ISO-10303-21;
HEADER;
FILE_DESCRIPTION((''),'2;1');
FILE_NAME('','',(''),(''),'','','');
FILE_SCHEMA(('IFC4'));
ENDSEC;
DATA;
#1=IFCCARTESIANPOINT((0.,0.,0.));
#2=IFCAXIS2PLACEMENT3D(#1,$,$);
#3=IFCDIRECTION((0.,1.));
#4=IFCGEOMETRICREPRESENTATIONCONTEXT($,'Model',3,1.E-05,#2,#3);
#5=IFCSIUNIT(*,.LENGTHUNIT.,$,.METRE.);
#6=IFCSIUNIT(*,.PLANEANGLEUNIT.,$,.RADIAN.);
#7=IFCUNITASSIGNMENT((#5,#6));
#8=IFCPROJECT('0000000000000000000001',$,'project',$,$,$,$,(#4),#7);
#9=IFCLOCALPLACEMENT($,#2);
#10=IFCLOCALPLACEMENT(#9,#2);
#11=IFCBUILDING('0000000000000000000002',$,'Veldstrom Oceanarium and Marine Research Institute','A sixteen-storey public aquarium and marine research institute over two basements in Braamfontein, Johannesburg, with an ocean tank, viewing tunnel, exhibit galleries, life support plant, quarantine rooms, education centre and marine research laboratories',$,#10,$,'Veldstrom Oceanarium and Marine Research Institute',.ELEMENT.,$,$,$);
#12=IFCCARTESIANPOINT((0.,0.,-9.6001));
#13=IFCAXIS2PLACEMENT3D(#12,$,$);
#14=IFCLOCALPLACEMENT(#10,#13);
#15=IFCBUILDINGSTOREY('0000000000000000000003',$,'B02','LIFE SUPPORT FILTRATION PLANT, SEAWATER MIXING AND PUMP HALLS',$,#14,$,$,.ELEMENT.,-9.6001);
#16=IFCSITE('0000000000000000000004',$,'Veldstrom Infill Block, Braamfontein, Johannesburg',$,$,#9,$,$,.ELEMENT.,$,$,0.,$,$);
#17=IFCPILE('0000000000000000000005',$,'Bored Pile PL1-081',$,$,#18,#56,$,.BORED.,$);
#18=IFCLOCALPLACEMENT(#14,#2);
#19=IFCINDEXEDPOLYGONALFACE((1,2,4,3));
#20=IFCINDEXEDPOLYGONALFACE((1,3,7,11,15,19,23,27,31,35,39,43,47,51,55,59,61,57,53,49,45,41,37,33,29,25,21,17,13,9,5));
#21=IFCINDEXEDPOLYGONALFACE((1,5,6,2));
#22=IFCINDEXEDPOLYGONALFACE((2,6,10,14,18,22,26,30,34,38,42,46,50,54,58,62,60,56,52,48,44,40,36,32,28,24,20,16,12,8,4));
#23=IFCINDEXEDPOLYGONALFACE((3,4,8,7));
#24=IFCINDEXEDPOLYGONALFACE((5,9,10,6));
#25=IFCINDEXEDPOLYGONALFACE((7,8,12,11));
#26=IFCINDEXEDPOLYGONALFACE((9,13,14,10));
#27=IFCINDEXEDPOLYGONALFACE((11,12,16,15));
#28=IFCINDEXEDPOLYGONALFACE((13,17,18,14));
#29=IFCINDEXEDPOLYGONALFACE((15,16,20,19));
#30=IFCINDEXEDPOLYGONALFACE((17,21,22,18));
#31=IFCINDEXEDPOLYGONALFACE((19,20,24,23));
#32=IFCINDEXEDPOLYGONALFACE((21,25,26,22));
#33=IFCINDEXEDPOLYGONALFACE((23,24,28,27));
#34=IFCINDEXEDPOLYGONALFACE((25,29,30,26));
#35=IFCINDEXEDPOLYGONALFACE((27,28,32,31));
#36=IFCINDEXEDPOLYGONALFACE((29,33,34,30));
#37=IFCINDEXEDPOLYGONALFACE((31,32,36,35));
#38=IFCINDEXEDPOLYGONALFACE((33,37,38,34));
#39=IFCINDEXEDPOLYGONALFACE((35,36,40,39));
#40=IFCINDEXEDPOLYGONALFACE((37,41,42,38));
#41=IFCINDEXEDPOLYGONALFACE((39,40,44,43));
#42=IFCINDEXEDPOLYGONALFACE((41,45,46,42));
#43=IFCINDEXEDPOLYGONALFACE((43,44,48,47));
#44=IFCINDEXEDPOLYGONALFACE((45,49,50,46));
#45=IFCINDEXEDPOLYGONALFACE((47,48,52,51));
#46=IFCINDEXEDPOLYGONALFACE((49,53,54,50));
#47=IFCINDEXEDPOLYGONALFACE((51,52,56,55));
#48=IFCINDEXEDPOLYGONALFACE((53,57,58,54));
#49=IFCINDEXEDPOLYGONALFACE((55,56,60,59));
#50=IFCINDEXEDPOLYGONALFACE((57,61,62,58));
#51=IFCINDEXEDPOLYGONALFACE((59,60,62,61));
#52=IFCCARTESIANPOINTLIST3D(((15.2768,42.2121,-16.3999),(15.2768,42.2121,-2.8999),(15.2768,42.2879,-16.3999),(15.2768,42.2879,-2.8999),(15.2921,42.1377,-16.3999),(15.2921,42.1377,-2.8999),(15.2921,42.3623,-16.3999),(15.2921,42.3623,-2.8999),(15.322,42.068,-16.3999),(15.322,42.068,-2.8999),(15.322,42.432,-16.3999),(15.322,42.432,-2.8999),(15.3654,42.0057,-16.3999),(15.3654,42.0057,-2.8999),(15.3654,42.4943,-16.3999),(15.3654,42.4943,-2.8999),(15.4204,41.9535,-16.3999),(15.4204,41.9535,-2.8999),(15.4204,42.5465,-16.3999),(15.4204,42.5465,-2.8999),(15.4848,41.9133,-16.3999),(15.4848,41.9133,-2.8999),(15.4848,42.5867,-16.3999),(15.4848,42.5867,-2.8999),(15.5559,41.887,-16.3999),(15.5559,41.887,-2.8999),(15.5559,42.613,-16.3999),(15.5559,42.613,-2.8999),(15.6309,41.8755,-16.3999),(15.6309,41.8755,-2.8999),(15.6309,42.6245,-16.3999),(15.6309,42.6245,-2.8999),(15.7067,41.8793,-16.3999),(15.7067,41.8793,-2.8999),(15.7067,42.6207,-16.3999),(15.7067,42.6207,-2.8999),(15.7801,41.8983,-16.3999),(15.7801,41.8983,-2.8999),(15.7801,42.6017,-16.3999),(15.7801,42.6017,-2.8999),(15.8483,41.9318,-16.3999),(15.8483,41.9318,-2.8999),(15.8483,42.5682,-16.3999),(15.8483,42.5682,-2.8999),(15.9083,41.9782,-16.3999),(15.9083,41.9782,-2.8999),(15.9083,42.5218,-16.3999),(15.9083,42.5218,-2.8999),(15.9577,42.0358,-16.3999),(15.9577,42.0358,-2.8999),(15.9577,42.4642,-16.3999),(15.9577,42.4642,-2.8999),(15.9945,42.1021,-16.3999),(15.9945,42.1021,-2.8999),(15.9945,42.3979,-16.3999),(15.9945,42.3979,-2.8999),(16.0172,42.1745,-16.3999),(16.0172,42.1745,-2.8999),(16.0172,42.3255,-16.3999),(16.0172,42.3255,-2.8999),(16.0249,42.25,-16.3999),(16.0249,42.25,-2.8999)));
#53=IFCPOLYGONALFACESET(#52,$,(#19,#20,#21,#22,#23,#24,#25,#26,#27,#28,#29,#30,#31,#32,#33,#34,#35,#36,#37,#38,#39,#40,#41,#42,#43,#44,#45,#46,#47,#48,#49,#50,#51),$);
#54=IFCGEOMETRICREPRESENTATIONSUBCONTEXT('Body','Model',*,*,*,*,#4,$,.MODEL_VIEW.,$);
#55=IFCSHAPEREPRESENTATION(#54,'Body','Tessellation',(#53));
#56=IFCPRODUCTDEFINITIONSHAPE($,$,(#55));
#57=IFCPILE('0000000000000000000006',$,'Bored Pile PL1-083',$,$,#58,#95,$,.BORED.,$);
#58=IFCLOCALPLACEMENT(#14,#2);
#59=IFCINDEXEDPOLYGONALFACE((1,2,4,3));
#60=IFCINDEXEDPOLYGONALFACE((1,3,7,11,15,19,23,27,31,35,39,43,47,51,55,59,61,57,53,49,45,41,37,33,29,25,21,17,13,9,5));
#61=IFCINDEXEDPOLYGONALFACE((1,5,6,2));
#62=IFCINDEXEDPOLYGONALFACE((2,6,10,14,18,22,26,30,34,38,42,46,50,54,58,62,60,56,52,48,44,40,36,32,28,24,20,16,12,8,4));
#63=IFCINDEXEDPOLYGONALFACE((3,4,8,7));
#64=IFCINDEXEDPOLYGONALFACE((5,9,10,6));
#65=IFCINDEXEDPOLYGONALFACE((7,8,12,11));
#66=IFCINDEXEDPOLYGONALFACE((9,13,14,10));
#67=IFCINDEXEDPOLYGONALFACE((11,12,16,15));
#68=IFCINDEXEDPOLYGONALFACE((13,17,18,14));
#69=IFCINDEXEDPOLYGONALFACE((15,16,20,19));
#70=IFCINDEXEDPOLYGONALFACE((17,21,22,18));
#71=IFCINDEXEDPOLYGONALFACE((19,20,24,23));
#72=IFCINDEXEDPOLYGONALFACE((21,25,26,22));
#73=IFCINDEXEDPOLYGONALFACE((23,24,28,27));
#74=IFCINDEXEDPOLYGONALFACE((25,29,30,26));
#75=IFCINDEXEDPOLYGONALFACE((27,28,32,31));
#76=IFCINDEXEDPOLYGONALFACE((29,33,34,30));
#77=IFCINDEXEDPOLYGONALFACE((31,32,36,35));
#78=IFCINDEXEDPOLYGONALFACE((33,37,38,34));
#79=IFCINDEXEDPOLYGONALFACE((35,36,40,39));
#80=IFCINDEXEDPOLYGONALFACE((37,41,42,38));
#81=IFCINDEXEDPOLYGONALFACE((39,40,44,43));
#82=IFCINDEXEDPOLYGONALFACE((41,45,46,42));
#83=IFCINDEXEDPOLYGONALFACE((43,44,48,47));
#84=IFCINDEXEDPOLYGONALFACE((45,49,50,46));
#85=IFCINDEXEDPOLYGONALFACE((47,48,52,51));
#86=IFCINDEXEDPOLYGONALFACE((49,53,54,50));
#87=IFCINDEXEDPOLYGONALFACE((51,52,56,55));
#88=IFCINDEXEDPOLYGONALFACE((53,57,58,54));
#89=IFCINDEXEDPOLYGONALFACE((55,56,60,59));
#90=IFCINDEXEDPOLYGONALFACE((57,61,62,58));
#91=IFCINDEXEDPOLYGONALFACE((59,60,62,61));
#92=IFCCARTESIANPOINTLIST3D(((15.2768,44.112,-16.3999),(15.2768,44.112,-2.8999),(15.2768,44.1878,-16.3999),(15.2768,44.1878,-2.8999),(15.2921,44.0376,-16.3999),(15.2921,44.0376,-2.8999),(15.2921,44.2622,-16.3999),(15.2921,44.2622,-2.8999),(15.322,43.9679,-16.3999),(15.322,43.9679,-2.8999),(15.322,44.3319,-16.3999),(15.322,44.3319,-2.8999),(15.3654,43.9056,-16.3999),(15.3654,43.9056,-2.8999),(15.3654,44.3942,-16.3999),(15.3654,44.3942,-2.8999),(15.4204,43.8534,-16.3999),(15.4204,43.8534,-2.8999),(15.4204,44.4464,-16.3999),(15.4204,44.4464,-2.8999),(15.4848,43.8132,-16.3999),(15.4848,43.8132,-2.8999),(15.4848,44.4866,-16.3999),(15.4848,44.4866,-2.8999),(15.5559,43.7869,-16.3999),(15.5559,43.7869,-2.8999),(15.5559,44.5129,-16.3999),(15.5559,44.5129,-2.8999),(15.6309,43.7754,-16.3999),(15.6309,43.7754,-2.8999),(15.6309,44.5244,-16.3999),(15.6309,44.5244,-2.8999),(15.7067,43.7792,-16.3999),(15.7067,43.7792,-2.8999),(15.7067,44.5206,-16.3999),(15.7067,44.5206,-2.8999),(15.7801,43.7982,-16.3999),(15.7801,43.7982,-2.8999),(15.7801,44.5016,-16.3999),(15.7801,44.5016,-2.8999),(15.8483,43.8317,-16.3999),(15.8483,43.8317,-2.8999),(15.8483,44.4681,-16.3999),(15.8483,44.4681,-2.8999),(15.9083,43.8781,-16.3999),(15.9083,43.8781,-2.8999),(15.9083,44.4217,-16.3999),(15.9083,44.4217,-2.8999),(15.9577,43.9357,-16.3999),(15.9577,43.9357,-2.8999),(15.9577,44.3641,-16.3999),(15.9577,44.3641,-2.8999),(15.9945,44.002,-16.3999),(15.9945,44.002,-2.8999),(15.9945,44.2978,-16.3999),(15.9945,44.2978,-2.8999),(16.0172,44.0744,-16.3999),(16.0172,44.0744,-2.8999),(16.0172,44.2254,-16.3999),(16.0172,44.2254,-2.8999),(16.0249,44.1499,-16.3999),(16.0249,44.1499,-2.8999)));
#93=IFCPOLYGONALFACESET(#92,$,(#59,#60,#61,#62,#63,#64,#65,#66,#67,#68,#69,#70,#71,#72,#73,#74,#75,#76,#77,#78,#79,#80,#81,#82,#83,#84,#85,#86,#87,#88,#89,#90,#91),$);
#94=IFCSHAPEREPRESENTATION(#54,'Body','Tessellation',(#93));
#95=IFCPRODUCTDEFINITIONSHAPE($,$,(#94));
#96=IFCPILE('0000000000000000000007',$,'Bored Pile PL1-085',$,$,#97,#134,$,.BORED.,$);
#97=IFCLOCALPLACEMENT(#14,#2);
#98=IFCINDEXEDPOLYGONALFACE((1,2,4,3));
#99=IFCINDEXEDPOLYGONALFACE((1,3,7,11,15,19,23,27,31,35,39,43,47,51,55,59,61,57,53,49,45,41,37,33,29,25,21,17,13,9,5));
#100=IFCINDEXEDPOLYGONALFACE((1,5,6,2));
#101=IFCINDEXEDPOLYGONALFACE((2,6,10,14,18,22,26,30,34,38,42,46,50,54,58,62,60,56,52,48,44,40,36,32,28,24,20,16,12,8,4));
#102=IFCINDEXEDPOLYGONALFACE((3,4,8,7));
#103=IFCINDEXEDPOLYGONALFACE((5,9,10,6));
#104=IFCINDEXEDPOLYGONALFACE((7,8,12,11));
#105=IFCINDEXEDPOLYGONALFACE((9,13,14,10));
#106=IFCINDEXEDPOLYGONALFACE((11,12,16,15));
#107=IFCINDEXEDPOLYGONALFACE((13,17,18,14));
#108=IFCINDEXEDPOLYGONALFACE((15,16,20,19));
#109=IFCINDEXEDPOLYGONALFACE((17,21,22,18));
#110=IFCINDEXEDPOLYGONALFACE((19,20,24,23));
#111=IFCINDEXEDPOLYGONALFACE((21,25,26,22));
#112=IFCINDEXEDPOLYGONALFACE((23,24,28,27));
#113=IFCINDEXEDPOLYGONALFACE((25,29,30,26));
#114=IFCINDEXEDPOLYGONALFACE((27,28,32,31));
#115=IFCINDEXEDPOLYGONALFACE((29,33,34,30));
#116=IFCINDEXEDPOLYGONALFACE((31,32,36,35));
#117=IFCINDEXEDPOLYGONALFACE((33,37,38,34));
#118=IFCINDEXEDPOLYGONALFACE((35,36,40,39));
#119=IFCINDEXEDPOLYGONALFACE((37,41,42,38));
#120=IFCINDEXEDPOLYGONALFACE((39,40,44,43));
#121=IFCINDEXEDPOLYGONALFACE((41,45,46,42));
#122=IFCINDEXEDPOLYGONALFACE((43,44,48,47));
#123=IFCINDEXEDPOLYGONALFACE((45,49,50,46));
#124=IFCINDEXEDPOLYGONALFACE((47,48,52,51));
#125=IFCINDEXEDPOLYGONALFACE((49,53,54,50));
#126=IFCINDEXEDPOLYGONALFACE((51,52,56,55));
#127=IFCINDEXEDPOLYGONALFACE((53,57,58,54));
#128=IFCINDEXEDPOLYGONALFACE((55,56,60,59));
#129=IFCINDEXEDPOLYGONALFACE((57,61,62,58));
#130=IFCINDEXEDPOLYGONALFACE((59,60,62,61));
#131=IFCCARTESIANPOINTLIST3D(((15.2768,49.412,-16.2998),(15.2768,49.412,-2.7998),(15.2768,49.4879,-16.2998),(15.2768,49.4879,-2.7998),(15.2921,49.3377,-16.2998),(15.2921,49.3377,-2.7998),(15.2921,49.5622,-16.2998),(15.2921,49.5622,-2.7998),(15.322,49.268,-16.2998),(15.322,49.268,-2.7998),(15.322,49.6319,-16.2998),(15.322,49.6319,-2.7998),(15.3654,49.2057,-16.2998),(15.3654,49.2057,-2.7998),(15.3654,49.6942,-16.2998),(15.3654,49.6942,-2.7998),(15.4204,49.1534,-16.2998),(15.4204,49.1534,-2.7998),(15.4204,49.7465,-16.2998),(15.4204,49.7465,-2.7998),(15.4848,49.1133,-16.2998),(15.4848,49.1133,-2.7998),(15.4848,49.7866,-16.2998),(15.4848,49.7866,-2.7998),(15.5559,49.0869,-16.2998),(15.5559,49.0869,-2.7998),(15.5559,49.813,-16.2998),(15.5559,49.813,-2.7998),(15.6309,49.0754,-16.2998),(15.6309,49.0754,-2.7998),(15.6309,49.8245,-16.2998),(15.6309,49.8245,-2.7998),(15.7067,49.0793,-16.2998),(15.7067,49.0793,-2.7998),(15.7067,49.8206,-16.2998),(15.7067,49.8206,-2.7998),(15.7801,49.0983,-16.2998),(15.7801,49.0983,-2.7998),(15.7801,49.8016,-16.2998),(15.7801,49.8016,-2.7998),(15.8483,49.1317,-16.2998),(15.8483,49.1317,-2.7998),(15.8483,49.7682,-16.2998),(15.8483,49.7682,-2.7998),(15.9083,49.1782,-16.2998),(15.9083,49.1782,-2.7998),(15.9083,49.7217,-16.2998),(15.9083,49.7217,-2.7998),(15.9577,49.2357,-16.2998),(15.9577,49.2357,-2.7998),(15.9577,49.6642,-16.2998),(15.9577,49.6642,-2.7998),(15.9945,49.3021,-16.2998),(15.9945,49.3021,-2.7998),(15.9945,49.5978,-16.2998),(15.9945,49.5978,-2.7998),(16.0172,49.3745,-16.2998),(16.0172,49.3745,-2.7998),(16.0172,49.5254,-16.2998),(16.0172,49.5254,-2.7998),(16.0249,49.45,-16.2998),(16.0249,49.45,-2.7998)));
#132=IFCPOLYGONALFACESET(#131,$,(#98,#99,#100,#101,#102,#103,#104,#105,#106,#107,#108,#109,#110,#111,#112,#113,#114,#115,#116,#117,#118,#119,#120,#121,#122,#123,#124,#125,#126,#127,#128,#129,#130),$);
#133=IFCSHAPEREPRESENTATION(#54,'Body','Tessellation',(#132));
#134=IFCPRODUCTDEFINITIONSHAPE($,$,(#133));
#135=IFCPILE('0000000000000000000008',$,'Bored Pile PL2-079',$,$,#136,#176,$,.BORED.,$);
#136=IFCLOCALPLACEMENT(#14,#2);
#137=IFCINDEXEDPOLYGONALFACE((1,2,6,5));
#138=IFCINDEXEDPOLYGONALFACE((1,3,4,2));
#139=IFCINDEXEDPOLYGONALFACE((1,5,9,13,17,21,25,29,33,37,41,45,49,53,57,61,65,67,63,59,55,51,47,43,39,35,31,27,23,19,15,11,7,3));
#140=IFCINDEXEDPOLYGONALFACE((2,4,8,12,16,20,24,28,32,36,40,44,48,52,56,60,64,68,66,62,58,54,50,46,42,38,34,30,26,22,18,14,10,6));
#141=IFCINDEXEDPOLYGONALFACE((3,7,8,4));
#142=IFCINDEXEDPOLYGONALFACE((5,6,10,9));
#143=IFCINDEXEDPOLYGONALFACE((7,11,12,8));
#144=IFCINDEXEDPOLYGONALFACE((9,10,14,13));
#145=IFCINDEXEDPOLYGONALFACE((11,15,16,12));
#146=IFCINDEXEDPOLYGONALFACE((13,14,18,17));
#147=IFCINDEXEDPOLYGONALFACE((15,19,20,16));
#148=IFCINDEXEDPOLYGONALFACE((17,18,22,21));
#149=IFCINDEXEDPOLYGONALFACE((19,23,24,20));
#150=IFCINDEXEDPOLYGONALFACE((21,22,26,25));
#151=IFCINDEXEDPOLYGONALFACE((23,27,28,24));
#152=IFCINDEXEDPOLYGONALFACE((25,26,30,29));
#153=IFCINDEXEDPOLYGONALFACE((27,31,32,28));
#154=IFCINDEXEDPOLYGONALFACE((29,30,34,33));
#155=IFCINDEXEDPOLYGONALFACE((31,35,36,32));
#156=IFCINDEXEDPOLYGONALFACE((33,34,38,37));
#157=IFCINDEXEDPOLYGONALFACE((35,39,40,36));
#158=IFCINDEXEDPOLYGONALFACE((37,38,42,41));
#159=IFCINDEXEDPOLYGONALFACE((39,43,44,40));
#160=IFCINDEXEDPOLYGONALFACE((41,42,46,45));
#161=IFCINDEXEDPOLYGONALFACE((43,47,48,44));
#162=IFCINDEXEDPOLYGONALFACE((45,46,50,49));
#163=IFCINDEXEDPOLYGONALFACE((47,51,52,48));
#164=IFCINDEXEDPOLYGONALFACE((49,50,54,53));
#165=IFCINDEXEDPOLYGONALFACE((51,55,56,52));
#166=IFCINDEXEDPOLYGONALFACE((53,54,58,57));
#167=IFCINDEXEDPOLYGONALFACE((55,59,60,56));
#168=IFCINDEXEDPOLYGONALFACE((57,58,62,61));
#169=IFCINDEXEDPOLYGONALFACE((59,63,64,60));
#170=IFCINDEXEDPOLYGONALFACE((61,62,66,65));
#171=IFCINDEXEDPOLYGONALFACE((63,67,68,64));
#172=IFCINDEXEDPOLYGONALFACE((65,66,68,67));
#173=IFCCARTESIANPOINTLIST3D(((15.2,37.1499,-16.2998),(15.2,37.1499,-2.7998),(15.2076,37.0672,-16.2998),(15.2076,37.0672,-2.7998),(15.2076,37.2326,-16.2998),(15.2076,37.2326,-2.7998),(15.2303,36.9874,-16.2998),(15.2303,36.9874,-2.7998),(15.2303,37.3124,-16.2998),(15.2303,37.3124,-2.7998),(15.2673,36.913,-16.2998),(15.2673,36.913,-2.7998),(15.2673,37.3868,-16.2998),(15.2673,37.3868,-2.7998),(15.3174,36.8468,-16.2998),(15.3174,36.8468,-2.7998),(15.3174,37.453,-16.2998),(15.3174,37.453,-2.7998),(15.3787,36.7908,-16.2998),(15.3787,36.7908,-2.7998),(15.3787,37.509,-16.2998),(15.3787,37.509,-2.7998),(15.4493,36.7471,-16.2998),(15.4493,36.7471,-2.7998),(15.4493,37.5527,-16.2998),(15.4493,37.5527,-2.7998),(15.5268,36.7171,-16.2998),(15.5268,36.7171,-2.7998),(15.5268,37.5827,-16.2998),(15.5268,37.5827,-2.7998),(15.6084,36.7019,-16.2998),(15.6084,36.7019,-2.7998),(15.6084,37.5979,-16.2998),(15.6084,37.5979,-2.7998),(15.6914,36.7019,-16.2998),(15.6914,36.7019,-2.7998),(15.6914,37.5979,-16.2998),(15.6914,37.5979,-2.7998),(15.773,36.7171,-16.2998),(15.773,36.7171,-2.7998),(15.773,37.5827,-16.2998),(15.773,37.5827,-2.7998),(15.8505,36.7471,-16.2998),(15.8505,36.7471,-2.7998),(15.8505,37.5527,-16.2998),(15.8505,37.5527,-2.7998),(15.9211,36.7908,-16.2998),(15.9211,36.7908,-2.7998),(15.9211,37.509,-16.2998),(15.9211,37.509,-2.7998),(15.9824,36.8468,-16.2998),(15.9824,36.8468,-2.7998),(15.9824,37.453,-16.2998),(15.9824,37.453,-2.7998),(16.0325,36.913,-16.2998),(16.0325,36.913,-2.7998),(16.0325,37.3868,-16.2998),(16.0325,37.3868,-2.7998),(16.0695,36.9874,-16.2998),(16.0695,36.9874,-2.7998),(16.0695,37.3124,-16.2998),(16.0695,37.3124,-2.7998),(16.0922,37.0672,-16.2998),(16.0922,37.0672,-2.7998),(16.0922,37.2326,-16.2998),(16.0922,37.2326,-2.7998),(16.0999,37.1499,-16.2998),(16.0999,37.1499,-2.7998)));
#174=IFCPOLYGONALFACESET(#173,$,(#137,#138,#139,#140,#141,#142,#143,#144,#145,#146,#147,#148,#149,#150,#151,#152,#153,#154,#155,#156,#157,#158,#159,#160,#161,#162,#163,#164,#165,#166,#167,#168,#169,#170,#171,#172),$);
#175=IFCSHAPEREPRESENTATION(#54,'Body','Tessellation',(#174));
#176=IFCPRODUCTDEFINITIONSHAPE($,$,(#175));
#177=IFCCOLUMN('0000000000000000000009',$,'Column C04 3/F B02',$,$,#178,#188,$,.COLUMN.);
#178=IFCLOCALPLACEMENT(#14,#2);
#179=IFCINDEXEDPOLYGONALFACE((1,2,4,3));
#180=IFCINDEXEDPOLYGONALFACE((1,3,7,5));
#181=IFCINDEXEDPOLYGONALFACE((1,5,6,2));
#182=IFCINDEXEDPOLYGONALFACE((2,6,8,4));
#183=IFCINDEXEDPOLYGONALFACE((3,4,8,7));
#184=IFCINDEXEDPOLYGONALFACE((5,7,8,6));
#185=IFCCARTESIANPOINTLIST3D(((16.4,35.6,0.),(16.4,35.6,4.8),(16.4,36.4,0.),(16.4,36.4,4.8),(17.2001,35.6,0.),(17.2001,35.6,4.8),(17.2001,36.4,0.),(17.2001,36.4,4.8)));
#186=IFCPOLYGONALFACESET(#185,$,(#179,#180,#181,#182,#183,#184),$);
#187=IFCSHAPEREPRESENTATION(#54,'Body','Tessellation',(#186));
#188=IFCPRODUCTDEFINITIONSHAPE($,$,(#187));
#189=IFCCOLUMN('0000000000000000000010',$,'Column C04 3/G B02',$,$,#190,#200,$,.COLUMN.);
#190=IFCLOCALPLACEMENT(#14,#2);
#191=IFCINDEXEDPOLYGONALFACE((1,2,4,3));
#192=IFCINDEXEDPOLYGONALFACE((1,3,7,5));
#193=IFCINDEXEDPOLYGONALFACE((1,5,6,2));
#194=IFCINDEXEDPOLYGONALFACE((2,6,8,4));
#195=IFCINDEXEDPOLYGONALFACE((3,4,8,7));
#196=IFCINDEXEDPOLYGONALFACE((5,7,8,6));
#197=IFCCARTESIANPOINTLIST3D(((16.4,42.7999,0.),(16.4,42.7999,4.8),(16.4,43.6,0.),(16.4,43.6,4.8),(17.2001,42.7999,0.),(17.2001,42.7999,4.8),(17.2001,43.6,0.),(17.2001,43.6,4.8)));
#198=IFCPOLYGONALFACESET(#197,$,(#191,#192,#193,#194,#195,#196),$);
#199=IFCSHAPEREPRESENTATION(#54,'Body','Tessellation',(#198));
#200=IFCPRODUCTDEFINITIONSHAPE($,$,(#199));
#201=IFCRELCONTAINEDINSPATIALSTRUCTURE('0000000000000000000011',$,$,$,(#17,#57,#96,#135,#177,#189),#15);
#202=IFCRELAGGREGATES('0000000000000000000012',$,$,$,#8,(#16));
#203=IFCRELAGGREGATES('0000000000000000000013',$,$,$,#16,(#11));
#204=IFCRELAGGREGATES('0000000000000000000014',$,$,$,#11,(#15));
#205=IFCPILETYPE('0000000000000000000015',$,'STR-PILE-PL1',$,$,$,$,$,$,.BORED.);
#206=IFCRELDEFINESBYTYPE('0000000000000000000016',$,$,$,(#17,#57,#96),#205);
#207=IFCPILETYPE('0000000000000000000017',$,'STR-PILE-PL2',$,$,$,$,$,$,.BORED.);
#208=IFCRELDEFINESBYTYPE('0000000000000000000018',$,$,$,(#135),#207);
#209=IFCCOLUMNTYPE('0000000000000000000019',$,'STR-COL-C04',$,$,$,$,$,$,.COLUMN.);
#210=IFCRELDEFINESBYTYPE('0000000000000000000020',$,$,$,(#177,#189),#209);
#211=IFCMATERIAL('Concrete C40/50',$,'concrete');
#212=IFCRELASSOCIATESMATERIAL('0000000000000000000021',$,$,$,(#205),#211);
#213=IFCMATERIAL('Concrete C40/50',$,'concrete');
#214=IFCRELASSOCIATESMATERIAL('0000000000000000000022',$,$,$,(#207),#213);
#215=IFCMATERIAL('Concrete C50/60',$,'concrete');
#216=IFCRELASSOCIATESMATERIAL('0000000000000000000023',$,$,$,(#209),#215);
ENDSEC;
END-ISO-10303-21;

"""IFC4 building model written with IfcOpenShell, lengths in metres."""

from ifc_helpers import new_model, si_unit, direction, frame, origin, origin_2d, place, context, subcontext, project, spatial, rectangle, circle, extrude, material, material_profile, profile_set, type_object, element, save


model = new_model("IFC4")

# Units and contexts
model_context = context("Model", 3, precision=1e-05, world=origin(), true_north=direction((0.0, 1.0)))
body_context = subcontext(model_context, "Body", "Model", "MODEL_VIEW")
ifc_project = project(units=[si_unit("LENGTHUNIT", "METRE"), si_unit("PLANEANGLEUNIT", "RADIAN")], contexts=[model_context])

# Site, building, storey
site_placement = place(None, origin())
site = spatial("IfcSite", under=ifc_project, at=site_placement, Name="Veldstrom Infill Block, Braamfontein, Johannesburg", CompositionType="ELEMENT", RefElevation=0.0)
building_placement = place(site_placement, origin())
building = spatial("IfcBuilding", under=site, at=building_placement, Name="Veldstrom Oceanarium and Marine Research Institute", Description="A sixteen-storey public aquarium and marine research institute over two basements in Braamfontein, Johannesburg, with an ocean tank, viewing tunnel, exhibit galleries, life support plant, quarantine rooms, education centre and marine research laboratories", LongName="Veldstrom Oceanarium and Marine Research Institute", CompositionType="ELEMENT")
storey_placement = place(building_placement, frame((0.0, 0.0, -9.6001)))
storey = spatial("IfcBuildingStorey", under=building, at=storey_placement, Name="B02", Description="LIFE SUPPORT FILTRATION PLANT, SEAWATER MIXING AND PUMP HALLS", CompositionType="ELEMENT", Elevation=-9.6001)

# Piles
ifc_material_1 = material(Name="Concrete C40/50", Category="concrete")
ifc_material_profile_1 = material_profile(ifc_material_1, circle(Radius=0.375, at=origin_2d()), Name="PILE-D750")
ifc_profile_set_1 = profile_set([ifc_material_profile_1], Name="Concrete C40/50")
pile_type_1 = type_object("IfcPileType", Name="STR-PILE-PL1", PredefinedType="BORED", material=ifc_profile_set_1)
for number, where, z_axis, x_axis, name in (
    (1, (15.6499, 42.25, -2.8999), (0.0, 0.0, -1.0), (1.0, 0.0, 0.0), "Bored Pile PL1-081"),
    (2, (15.6499, 44.1499, -2.8999), (0.0, 0.0, -1.0), (1.0, 0.0, 0.0), "Bored Pile PL1-083"),
    (3, (15.6499, 49.45, -2.7998), (0.0, 0.0, -1.0), (1.0, 0.0, 0.0), "Bored Pile PL1-085"),
):
    element("IfcPile", number, at=place(storey_placement, frame(where, z_axis=z_axis, x_axis=x_axis)), inside=storey, type_object=pile_type_1, Name=name, PredefinedType="BORED", context=body_context, shape_type="SweptSolid", body=[
        extrude(circle(Radius=0.375, at=origin_2d()), origin(), (0.0, 0.0, 1.0), 13.5),
    ])
ifc_material_2 = material(Name="Concrete C40/50", Category="concrete")
ifc_material_profile_2 = material_profile(ifc_material_2, circle(Radius=0.45, at=origin_2d()), Name="PILE-D900")
ifc_profile_set_2 = profile_set([ifc_material_profile_2], Name="Concrete C40/50")
pile_type_2 = type_object("IfcPileType", Name="STR-PILE-PL2", PredefinedType="BORED", material=ifc_profile_set_2)
pile_placement = place(storey_placement, frame((15.6499, 37.1499, -2.7998), z_axis=(0.0, 0.0, -1.0), x_axis=(1.0, 0.0, 0.0)))
element("IfcPile", 4, at=pile_placement, inside=storey, type_object=pile_type_2, Name="Bored Pile PL2-079", PredefinedType="BORED", context=body_context, shape_type="SweptSolid", body=[
    extrude(circle(Radius=0.45, at=origin_2d()), origin(), (0.0, 0.0, 1.0), 13.5),
])

# Columns
ifc_material_3 = material(Name="Concrete C50/60", Category="concrete")
ifc_material_profile_3 = material_profile(ifc_material_3, rectangle(XDim=0.8, YDim=0.8, at=origin_2d()), Name="RC-COL-800x800")
ifc_profile_set_3 = profile_set([ifc_material_profile_3], Name="Concrete C50/60")
column_type = type_object("IfcColumnType", Name="STR-COL-C04", PredefinedType="COLUMN", material=ifc_profile_set_3)
for number, where, z_axis, x_axis, name in (
    (5, (16.8, 36.0, 0.0), (0.0, 0.0, 1.0), (1.0, 0.0, 0.0), "Column C04 3/F B02"),
    (6, (16.8, 43.2, 0.0), (0.0, 0.0, 1.0), (1.0, 0.0, 0.0), "Column C04 3/G B02"),
):
    element("IfcColumn", number, at=place(storey_placement, frame(where, z_axis=z_axis, x_axis=x_axis)), inside=storey, type_object=column_type, Name=name, PredefinedType="COLUMN", context=body_context, shape_type="SweptSolid", body=[
        extrude(rectangle(XDim=0.8, YDim=0.8, at=origin_2d()), origin(), (0.0, 0.0, 1.0), 4.8),
    ])

save(model, "model.ifc")
